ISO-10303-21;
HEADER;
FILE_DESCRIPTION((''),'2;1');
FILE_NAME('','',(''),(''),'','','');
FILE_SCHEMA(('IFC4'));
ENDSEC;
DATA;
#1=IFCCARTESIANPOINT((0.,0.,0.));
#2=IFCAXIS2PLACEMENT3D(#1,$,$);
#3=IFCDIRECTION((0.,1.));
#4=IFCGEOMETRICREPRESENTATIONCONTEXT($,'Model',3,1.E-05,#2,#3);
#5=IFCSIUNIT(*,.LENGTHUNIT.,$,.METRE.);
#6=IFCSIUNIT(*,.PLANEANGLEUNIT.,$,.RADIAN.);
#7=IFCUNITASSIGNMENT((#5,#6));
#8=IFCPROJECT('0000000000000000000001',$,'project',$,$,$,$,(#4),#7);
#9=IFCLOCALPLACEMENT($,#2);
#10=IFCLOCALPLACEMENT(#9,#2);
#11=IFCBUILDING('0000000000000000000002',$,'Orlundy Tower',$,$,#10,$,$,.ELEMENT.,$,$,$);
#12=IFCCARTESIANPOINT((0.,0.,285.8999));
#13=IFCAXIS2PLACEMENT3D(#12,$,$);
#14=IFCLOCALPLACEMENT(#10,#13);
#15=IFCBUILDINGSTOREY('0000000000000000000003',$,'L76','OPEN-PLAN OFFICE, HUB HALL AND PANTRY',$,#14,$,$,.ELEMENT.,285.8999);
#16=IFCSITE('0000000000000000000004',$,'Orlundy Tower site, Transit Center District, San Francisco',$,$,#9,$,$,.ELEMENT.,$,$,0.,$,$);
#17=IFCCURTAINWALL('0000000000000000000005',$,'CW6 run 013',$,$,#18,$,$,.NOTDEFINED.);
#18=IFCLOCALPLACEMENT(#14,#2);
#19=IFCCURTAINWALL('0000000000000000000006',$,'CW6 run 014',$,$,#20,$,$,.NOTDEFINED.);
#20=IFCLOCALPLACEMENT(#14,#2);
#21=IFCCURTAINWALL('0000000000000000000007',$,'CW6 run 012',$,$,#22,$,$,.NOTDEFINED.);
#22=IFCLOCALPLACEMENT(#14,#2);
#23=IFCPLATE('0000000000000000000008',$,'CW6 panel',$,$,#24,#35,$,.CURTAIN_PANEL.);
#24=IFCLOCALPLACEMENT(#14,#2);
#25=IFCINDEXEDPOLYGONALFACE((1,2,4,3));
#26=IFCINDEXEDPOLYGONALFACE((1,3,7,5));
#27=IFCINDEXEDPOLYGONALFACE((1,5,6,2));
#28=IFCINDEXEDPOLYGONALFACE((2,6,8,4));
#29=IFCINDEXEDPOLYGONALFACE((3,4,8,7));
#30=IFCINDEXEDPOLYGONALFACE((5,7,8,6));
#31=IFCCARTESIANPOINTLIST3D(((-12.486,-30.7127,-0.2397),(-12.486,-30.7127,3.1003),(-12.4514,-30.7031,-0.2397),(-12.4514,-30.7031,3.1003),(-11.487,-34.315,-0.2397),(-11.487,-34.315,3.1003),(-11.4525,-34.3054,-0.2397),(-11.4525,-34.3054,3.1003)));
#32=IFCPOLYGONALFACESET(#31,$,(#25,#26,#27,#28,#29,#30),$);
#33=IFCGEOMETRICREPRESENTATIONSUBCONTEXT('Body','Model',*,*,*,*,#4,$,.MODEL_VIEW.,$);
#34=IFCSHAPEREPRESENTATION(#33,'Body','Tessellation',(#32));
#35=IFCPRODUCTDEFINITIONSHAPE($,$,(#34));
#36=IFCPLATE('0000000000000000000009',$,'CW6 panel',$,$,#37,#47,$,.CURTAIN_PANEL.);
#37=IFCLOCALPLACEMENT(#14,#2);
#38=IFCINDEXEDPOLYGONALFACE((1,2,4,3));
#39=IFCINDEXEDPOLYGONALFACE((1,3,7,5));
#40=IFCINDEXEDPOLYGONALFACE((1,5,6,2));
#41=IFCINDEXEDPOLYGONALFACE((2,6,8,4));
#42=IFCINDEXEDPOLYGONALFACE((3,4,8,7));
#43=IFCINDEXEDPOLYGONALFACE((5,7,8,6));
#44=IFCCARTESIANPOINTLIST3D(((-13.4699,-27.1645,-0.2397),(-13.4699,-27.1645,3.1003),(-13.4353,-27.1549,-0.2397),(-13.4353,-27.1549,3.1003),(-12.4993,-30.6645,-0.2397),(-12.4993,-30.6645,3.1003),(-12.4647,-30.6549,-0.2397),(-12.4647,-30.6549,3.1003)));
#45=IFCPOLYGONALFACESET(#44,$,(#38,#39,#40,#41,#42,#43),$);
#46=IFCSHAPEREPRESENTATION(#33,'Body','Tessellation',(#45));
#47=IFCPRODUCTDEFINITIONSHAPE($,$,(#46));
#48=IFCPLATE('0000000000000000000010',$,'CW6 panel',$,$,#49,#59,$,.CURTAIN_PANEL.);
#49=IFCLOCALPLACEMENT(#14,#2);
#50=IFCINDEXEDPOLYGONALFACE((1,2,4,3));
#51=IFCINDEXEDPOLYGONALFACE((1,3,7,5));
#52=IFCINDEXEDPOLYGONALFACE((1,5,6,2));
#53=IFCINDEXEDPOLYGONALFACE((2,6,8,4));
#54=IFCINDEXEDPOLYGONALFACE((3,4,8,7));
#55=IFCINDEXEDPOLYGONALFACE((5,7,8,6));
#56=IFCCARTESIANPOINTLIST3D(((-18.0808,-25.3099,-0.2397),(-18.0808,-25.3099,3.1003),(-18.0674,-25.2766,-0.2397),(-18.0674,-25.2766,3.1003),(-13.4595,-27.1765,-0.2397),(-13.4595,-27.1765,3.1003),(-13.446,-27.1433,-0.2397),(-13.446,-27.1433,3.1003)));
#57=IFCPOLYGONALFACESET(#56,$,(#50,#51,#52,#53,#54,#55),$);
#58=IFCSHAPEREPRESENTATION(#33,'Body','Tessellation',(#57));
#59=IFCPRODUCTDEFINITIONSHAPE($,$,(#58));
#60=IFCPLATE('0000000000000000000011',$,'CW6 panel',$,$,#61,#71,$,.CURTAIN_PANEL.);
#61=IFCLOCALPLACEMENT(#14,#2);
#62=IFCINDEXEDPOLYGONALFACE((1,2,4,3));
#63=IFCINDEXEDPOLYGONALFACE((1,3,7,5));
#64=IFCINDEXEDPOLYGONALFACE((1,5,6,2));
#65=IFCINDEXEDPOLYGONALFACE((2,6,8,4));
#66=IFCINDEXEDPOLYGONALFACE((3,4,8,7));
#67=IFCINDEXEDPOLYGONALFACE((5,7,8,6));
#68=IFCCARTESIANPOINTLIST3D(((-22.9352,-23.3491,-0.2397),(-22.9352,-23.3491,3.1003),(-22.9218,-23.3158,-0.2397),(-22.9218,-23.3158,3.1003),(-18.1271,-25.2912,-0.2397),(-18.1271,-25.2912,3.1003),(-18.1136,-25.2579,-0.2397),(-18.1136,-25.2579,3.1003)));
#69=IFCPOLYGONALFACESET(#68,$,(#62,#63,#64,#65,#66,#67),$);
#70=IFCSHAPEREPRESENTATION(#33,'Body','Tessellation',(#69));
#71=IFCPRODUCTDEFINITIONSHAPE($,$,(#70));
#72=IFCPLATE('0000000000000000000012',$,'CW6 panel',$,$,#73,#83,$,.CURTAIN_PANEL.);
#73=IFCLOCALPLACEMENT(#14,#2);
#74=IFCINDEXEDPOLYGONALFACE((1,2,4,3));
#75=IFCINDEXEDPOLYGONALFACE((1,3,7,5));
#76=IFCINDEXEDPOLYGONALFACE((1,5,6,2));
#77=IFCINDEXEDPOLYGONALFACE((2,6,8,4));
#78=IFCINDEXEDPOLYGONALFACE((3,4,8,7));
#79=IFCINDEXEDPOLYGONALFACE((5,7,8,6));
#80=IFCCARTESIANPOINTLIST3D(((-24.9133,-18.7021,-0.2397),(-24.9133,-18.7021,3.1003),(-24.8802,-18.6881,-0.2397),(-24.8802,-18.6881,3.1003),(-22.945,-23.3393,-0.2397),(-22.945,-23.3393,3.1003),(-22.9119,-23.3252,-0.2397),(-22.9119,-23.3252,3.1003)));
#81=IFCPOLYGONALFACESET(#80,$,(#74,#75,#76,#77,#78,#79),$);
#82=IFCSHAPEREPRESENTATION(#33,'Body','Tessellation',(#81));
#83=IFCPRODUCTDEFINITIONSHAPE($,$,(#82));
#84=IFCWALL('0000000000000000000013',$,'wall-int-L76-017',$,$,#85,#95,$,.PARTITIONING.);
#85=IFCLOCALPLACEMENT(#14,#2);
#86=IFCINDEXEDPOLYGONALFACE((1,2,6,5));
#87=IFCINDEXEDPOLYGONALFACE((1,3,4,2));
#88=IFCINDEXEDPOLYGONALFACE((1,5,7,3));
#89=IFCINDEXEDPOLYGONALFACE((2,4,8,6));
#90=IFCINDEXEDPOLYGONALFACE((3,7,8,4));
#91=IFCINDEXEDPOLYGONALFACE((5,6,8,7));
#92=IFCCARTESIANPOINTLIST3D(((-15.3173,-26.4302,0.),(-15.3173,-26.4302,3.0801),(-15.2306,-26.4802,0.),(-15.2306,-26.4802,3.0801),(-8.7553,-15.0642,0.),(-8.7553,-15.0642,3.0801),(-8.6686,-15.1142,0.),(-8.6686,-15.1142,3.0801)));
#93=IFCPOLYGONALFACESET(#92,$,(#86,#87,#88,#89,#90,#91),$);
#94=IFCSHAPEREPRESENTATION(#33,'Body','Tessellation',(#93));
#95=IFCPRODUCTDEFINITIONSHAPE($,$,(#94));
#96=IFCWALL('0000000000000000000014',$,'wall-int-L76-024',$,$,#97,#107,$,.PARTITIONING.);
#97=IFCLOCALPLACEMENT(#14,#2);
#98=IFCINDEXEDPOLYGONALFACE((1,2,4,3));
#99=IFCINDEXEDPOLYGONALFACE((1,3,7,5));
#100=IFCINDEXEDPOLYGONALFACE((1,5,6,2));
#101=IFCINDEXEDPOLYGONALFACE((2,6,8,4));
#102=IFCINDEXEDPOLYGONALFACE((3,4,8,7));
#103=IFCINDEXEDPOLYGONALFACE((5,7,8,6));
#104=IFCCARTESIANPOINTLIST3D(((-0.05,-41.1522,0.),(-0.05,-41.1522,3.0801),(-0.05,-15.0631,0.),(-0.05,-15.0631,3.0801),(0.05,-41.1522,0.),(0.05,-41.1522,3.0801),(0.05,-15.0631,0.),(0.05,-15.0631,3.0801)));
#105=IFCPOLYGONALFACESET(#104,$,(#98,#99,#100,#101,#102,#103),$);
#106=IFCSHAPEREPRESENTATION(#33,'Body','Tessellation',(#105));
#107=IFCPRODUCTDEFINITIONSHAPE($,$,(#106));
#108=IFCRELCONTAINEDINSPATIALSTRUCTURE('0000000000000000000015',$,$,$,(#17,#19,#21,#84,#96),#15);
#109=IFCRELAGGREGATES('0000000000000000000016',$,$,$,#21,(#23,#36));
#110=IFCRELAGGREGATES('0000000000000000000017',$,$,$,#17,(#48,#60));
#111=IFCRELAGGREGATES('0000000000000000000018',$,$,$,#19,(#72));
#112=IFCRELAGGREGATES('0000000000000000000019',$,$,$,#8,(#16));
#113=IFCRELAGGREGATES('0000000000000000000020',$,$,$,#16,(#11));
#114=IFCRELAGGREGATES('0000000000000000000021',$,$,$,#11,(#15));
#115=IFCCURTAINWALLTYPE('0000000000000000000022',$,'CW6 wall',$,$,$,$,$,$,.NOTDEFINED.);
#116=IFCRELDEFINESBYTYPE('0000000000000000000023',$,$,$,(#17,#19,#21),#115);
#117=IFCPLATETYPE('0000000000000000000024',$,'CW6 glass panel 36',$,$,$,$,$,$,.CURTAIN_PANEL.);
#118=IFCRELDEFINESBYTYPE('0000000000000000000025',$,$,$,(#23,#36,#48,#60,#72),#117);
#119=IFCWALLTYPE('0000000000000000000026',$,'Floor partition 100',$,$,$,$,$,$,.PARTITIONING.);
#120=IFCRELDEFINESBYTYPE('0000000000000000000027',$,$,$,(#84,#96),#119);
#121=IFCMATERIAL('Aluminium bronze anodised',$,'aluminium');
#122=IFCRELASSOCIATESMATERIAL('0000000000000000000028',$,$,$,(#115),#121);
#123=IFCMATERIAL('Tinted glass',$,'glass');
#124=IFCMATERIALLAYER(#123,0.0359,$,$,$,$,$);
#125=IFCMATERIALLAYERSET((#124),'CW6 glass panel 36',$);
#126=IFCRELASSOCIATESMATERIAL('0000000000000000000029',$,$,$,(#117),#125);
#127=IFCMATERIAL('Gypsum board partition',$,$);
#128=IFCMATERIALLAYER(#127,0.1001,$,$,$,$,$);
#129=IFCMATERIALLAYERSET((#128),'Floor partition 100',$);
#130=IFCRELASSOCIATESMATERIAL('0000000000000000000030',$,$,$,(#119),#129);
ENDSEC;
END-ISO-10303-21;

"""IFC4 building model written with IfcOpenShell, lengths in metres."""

from ifc_helpers import new_model, si_unit, direction, frame, frame_2d, origin, origin_2d, place, context, subcontext, project, spatial, rectangle, extrude, material, layer, layer_set, type_object, element, aggregate, save


model = new_model("IFC4")

# Units and contexts
model_context = context("Model", 3, precision=1e-05, world=origin(), true_north=direction((0.0, 1.0)))
body_context = subcontext(model_context, "Body", "Model", "MODEL_VIEW")
ifc_project = project(units=[si_unit("LENGTHUNIT", "METRE"), si_unit("PLANEANGLEUNIT", "RADIAN")], contexts=[model_context])

# Site, building, storey
site_placement = place(None, origin())
site = spatial("IfcSite", under=ifc_project, at=site_placement, Name="Orlundy Tower site, Transit Center District, San Francisco", CompositionType="ELEMENT", RefElevation=0.0)
building_placement = place(site_placement, origin())
building = spatial("IfcBuilding", under=site, at=building_placement, Name="Orlundy Tower", CompositionType="ELEMENT")
storey_placement = place(building_placement, frame((0.0, 0.0, 285.8999)))
storey = spatial("IfcBuildingStorey", under=building, at=storey_placement, Name="L76", Description="OPEN-PLAN OFFICE, HUB HALL AND PANTRY", CompositionType="ELEMENT", Elevation=285.8999)

# Curtain walls
ifc_material_1 = material(Name="Aluminium bronze anodised", Category="aluminium")
curtain_wall_type = type_object("IfcCurtainWallType", Name="CW6 wall", PredefinedType="NOTDEFINED", material=ifc_material_1)
curtain_wall_1_placement = place(storey_placement, origin())
curtain_wall_1 = element("IfcCurtainWall", 1, at=curtain_wall_1_placement, inside=storey, type_object=curtain_wall_type, Name="CW6 run 013", PredefinedType="NOTDEFINED")
curtain_wall_2_placement = place(storey_placement, origin())
curtain_wall_2 = element("IfcCurtainWall", 2, at=curtain_wall_2_placement, inside=storey, type_object=curtain_wall_type, Name="CW6 run 014", PredefinedType="NOTDEFINED")

# Curtain wall
curtain_wall_3_placement = place(storey_placement, origin())
curtain_wall_3 = element("IfcCurtainWall", 3, at=curtain_wall_3_placement, inside=storey, type_object=curtain_wall_type, Name="CW6 run 012", PredefinedType="NOTDEFINED")

# Shared definitions
ifc_material_2 = material(Name="Tinted glass", Category="glass")
ifc_layer_1 = layer(ifc_material_2, 0.0359)
ifc_layer_set_1 = layer_set([ifc_layer_1], Name="CW6 glass panel 36")
plate_type = type_object("IfcPlateType", Name="CW6 glass panel 36", PredefinedType="CURTAIN_PANEL", material=ifc_layer_set_1)

# Plates
plate_1_placement = place(storey_placement, frame((-11.9692, -32.509, -0.2397), z_axis=(0.0, 0.0, 1.0), x_axis=(-0.267226, 0.963634, 0.0)))
plate_1 = element("IfcPlate", 4, at=plate_1_placement, type_object=plate_type, Name="CW6 panel", PredefinedType="CURTAIN_PANEL", context=body_context, shape_type="SweptSolid", body=[
    extrude(rectangle(XDim=3.7383, YDim=0.0359, at=origin_2d()), origin(), (0.0, 0.0, 1.0), 3.3401),
])
plate_2_placement = place(storey_placement, frame((-12.9673, -28.9097, -0.2397), z_axis=(0.0, 0.0, 1.0), x_axis=(-0.267226, 0.963634, 0.0)))
plate_2 = element("IfcPlate", 5, at=plate_2_placement, type_object=plate_type, Name="CW6 panel", PredefinedType="CURTAIN_PANEL", context=body_context, shape_type="SweptSolid", body=[
    extrude(rectangle(XDim=3.6321, YDim=0.0359, at=origin_2d()), origin(), (0.0, 0.0, 1.0), 3.3401),
])
aggregate(curtain_wall_3, [plate_1, plate_2])
plate_3_placement = place(storey_placement, frame((-15.7634, -26.2266, -0.2397), z_axis=(0.0, 0.0, 1.0), x_axis=(-0.927218, 0.374521, 0.0)))
plate_3 = element("IfcPlate", 6, at=plate_3_placement, type_object=plate_type, Name="CW6 panel", PredefinedType="CURTAIN_PANEL", context=body_context, shape_type="SweptSolid", body=[
    extrude(rectangle(XDim=4.9841, YDim=0.0359, at=origin_2d()), origin(), (0.0, 0.0, 1.0), 3.3401),
])
plate_4_placement = place(storey_placement, frame((-20.5244, -24.3035, -0.2397), z_axis=(0.0, 0.0, 1.0), x_axis=(-0.927218, 0.374521, 0.0)))
plate_4 = element("IfcPlate", 7, at=plate_4_placement, type_object=plate_type, Name="CW6 panel", PredefinedType="CURTAIN_PANEL", context=body_context, shape_type="SweptSolid", body=[
    extrude(rectangle(XDim=5.1855, YDim=0.0359, at=origin_2d()), origin(), (0.0, 0.0, 1.0), 3.3401),
])
aggregate(curtain_wall_1, [plate_3, plate_4])
plate_5_placement = place(storey_placement, frame((-23.9126, -21.0137, -0.2397), z_axis=(0.0, 0.0, 1.0), x_axis=(-0.390727, 0.920507, 0.0)))
plate_5 = element("IfcPlate", 8, at=plate_5_placement, type_object=plate_type, Name="CW6 panel", PredefinedType="CURTAIN_PANEL", context=body_context, shape_type="SweptSolid", body=[
    extrude(rectangle(XDim=5.0376, YDim=0.0359, at=origin_2d()), origin(), (0.0, 0.0, 1.0), 3.3401),
])
aggregate(curtain_wall_2, [plate_5])

# Walls
ifc_material_3 = material(Name="Gypsum board partition")
ifc_layer_2 = layer(ifc_material_3, 0.1001)
ifc_layer_set_2 = layer_set([ifc_layer_2], Name="Floor partition 100")
wall_type = type_object("IfcWallType", Name="Floor partition 100", PredefinedType="PARTITIONING", material=ifc_layer_set_2)
wall_1_placement = place(storey_placement, frame((-15.2739, -26.4551, 0.0), z_axis=(0.0, 0.0, 1.0), x_axis=(0.499992, 0.86603, 0.0)))
element("IfcWall", 9, at=wall_1_placement, inside=storey, type_object=wall_type, Name="wall-int-L76-017", PredefinedType="PARTITIONING", context=body_context, shape_type="SweptSolid", body=[
    extrude(rectangle(XDim=13.1243, YDim=0.1001, at=frame_2d((6.562, 0.0))), origin(), (0.0, 0.0, 1.0), 3.0801),
])
wall_2_placement = place(storey_placement, frame((0.0, -41.1521, 0.0), z_axis=(0.0, 0.0, 1.0), x_axis=(0.0, 1.0, 0.0)))
element("IfcWall", 10, at=wall_2_placement, inside=storey, type_object=wall_type, Name="wall-int-L76-024", PredefinedType="PARTITIONING", context=body_context, shape_type="SweptSolid", body=[
    extrude(rectangle(XDim=26.0891, YDim=0.1001, at=frame_2d((13.0444, 0.0))), origin(), (0.0, 0.0, 1.0), 3.0801),
])

save(model, "model.ifc")
